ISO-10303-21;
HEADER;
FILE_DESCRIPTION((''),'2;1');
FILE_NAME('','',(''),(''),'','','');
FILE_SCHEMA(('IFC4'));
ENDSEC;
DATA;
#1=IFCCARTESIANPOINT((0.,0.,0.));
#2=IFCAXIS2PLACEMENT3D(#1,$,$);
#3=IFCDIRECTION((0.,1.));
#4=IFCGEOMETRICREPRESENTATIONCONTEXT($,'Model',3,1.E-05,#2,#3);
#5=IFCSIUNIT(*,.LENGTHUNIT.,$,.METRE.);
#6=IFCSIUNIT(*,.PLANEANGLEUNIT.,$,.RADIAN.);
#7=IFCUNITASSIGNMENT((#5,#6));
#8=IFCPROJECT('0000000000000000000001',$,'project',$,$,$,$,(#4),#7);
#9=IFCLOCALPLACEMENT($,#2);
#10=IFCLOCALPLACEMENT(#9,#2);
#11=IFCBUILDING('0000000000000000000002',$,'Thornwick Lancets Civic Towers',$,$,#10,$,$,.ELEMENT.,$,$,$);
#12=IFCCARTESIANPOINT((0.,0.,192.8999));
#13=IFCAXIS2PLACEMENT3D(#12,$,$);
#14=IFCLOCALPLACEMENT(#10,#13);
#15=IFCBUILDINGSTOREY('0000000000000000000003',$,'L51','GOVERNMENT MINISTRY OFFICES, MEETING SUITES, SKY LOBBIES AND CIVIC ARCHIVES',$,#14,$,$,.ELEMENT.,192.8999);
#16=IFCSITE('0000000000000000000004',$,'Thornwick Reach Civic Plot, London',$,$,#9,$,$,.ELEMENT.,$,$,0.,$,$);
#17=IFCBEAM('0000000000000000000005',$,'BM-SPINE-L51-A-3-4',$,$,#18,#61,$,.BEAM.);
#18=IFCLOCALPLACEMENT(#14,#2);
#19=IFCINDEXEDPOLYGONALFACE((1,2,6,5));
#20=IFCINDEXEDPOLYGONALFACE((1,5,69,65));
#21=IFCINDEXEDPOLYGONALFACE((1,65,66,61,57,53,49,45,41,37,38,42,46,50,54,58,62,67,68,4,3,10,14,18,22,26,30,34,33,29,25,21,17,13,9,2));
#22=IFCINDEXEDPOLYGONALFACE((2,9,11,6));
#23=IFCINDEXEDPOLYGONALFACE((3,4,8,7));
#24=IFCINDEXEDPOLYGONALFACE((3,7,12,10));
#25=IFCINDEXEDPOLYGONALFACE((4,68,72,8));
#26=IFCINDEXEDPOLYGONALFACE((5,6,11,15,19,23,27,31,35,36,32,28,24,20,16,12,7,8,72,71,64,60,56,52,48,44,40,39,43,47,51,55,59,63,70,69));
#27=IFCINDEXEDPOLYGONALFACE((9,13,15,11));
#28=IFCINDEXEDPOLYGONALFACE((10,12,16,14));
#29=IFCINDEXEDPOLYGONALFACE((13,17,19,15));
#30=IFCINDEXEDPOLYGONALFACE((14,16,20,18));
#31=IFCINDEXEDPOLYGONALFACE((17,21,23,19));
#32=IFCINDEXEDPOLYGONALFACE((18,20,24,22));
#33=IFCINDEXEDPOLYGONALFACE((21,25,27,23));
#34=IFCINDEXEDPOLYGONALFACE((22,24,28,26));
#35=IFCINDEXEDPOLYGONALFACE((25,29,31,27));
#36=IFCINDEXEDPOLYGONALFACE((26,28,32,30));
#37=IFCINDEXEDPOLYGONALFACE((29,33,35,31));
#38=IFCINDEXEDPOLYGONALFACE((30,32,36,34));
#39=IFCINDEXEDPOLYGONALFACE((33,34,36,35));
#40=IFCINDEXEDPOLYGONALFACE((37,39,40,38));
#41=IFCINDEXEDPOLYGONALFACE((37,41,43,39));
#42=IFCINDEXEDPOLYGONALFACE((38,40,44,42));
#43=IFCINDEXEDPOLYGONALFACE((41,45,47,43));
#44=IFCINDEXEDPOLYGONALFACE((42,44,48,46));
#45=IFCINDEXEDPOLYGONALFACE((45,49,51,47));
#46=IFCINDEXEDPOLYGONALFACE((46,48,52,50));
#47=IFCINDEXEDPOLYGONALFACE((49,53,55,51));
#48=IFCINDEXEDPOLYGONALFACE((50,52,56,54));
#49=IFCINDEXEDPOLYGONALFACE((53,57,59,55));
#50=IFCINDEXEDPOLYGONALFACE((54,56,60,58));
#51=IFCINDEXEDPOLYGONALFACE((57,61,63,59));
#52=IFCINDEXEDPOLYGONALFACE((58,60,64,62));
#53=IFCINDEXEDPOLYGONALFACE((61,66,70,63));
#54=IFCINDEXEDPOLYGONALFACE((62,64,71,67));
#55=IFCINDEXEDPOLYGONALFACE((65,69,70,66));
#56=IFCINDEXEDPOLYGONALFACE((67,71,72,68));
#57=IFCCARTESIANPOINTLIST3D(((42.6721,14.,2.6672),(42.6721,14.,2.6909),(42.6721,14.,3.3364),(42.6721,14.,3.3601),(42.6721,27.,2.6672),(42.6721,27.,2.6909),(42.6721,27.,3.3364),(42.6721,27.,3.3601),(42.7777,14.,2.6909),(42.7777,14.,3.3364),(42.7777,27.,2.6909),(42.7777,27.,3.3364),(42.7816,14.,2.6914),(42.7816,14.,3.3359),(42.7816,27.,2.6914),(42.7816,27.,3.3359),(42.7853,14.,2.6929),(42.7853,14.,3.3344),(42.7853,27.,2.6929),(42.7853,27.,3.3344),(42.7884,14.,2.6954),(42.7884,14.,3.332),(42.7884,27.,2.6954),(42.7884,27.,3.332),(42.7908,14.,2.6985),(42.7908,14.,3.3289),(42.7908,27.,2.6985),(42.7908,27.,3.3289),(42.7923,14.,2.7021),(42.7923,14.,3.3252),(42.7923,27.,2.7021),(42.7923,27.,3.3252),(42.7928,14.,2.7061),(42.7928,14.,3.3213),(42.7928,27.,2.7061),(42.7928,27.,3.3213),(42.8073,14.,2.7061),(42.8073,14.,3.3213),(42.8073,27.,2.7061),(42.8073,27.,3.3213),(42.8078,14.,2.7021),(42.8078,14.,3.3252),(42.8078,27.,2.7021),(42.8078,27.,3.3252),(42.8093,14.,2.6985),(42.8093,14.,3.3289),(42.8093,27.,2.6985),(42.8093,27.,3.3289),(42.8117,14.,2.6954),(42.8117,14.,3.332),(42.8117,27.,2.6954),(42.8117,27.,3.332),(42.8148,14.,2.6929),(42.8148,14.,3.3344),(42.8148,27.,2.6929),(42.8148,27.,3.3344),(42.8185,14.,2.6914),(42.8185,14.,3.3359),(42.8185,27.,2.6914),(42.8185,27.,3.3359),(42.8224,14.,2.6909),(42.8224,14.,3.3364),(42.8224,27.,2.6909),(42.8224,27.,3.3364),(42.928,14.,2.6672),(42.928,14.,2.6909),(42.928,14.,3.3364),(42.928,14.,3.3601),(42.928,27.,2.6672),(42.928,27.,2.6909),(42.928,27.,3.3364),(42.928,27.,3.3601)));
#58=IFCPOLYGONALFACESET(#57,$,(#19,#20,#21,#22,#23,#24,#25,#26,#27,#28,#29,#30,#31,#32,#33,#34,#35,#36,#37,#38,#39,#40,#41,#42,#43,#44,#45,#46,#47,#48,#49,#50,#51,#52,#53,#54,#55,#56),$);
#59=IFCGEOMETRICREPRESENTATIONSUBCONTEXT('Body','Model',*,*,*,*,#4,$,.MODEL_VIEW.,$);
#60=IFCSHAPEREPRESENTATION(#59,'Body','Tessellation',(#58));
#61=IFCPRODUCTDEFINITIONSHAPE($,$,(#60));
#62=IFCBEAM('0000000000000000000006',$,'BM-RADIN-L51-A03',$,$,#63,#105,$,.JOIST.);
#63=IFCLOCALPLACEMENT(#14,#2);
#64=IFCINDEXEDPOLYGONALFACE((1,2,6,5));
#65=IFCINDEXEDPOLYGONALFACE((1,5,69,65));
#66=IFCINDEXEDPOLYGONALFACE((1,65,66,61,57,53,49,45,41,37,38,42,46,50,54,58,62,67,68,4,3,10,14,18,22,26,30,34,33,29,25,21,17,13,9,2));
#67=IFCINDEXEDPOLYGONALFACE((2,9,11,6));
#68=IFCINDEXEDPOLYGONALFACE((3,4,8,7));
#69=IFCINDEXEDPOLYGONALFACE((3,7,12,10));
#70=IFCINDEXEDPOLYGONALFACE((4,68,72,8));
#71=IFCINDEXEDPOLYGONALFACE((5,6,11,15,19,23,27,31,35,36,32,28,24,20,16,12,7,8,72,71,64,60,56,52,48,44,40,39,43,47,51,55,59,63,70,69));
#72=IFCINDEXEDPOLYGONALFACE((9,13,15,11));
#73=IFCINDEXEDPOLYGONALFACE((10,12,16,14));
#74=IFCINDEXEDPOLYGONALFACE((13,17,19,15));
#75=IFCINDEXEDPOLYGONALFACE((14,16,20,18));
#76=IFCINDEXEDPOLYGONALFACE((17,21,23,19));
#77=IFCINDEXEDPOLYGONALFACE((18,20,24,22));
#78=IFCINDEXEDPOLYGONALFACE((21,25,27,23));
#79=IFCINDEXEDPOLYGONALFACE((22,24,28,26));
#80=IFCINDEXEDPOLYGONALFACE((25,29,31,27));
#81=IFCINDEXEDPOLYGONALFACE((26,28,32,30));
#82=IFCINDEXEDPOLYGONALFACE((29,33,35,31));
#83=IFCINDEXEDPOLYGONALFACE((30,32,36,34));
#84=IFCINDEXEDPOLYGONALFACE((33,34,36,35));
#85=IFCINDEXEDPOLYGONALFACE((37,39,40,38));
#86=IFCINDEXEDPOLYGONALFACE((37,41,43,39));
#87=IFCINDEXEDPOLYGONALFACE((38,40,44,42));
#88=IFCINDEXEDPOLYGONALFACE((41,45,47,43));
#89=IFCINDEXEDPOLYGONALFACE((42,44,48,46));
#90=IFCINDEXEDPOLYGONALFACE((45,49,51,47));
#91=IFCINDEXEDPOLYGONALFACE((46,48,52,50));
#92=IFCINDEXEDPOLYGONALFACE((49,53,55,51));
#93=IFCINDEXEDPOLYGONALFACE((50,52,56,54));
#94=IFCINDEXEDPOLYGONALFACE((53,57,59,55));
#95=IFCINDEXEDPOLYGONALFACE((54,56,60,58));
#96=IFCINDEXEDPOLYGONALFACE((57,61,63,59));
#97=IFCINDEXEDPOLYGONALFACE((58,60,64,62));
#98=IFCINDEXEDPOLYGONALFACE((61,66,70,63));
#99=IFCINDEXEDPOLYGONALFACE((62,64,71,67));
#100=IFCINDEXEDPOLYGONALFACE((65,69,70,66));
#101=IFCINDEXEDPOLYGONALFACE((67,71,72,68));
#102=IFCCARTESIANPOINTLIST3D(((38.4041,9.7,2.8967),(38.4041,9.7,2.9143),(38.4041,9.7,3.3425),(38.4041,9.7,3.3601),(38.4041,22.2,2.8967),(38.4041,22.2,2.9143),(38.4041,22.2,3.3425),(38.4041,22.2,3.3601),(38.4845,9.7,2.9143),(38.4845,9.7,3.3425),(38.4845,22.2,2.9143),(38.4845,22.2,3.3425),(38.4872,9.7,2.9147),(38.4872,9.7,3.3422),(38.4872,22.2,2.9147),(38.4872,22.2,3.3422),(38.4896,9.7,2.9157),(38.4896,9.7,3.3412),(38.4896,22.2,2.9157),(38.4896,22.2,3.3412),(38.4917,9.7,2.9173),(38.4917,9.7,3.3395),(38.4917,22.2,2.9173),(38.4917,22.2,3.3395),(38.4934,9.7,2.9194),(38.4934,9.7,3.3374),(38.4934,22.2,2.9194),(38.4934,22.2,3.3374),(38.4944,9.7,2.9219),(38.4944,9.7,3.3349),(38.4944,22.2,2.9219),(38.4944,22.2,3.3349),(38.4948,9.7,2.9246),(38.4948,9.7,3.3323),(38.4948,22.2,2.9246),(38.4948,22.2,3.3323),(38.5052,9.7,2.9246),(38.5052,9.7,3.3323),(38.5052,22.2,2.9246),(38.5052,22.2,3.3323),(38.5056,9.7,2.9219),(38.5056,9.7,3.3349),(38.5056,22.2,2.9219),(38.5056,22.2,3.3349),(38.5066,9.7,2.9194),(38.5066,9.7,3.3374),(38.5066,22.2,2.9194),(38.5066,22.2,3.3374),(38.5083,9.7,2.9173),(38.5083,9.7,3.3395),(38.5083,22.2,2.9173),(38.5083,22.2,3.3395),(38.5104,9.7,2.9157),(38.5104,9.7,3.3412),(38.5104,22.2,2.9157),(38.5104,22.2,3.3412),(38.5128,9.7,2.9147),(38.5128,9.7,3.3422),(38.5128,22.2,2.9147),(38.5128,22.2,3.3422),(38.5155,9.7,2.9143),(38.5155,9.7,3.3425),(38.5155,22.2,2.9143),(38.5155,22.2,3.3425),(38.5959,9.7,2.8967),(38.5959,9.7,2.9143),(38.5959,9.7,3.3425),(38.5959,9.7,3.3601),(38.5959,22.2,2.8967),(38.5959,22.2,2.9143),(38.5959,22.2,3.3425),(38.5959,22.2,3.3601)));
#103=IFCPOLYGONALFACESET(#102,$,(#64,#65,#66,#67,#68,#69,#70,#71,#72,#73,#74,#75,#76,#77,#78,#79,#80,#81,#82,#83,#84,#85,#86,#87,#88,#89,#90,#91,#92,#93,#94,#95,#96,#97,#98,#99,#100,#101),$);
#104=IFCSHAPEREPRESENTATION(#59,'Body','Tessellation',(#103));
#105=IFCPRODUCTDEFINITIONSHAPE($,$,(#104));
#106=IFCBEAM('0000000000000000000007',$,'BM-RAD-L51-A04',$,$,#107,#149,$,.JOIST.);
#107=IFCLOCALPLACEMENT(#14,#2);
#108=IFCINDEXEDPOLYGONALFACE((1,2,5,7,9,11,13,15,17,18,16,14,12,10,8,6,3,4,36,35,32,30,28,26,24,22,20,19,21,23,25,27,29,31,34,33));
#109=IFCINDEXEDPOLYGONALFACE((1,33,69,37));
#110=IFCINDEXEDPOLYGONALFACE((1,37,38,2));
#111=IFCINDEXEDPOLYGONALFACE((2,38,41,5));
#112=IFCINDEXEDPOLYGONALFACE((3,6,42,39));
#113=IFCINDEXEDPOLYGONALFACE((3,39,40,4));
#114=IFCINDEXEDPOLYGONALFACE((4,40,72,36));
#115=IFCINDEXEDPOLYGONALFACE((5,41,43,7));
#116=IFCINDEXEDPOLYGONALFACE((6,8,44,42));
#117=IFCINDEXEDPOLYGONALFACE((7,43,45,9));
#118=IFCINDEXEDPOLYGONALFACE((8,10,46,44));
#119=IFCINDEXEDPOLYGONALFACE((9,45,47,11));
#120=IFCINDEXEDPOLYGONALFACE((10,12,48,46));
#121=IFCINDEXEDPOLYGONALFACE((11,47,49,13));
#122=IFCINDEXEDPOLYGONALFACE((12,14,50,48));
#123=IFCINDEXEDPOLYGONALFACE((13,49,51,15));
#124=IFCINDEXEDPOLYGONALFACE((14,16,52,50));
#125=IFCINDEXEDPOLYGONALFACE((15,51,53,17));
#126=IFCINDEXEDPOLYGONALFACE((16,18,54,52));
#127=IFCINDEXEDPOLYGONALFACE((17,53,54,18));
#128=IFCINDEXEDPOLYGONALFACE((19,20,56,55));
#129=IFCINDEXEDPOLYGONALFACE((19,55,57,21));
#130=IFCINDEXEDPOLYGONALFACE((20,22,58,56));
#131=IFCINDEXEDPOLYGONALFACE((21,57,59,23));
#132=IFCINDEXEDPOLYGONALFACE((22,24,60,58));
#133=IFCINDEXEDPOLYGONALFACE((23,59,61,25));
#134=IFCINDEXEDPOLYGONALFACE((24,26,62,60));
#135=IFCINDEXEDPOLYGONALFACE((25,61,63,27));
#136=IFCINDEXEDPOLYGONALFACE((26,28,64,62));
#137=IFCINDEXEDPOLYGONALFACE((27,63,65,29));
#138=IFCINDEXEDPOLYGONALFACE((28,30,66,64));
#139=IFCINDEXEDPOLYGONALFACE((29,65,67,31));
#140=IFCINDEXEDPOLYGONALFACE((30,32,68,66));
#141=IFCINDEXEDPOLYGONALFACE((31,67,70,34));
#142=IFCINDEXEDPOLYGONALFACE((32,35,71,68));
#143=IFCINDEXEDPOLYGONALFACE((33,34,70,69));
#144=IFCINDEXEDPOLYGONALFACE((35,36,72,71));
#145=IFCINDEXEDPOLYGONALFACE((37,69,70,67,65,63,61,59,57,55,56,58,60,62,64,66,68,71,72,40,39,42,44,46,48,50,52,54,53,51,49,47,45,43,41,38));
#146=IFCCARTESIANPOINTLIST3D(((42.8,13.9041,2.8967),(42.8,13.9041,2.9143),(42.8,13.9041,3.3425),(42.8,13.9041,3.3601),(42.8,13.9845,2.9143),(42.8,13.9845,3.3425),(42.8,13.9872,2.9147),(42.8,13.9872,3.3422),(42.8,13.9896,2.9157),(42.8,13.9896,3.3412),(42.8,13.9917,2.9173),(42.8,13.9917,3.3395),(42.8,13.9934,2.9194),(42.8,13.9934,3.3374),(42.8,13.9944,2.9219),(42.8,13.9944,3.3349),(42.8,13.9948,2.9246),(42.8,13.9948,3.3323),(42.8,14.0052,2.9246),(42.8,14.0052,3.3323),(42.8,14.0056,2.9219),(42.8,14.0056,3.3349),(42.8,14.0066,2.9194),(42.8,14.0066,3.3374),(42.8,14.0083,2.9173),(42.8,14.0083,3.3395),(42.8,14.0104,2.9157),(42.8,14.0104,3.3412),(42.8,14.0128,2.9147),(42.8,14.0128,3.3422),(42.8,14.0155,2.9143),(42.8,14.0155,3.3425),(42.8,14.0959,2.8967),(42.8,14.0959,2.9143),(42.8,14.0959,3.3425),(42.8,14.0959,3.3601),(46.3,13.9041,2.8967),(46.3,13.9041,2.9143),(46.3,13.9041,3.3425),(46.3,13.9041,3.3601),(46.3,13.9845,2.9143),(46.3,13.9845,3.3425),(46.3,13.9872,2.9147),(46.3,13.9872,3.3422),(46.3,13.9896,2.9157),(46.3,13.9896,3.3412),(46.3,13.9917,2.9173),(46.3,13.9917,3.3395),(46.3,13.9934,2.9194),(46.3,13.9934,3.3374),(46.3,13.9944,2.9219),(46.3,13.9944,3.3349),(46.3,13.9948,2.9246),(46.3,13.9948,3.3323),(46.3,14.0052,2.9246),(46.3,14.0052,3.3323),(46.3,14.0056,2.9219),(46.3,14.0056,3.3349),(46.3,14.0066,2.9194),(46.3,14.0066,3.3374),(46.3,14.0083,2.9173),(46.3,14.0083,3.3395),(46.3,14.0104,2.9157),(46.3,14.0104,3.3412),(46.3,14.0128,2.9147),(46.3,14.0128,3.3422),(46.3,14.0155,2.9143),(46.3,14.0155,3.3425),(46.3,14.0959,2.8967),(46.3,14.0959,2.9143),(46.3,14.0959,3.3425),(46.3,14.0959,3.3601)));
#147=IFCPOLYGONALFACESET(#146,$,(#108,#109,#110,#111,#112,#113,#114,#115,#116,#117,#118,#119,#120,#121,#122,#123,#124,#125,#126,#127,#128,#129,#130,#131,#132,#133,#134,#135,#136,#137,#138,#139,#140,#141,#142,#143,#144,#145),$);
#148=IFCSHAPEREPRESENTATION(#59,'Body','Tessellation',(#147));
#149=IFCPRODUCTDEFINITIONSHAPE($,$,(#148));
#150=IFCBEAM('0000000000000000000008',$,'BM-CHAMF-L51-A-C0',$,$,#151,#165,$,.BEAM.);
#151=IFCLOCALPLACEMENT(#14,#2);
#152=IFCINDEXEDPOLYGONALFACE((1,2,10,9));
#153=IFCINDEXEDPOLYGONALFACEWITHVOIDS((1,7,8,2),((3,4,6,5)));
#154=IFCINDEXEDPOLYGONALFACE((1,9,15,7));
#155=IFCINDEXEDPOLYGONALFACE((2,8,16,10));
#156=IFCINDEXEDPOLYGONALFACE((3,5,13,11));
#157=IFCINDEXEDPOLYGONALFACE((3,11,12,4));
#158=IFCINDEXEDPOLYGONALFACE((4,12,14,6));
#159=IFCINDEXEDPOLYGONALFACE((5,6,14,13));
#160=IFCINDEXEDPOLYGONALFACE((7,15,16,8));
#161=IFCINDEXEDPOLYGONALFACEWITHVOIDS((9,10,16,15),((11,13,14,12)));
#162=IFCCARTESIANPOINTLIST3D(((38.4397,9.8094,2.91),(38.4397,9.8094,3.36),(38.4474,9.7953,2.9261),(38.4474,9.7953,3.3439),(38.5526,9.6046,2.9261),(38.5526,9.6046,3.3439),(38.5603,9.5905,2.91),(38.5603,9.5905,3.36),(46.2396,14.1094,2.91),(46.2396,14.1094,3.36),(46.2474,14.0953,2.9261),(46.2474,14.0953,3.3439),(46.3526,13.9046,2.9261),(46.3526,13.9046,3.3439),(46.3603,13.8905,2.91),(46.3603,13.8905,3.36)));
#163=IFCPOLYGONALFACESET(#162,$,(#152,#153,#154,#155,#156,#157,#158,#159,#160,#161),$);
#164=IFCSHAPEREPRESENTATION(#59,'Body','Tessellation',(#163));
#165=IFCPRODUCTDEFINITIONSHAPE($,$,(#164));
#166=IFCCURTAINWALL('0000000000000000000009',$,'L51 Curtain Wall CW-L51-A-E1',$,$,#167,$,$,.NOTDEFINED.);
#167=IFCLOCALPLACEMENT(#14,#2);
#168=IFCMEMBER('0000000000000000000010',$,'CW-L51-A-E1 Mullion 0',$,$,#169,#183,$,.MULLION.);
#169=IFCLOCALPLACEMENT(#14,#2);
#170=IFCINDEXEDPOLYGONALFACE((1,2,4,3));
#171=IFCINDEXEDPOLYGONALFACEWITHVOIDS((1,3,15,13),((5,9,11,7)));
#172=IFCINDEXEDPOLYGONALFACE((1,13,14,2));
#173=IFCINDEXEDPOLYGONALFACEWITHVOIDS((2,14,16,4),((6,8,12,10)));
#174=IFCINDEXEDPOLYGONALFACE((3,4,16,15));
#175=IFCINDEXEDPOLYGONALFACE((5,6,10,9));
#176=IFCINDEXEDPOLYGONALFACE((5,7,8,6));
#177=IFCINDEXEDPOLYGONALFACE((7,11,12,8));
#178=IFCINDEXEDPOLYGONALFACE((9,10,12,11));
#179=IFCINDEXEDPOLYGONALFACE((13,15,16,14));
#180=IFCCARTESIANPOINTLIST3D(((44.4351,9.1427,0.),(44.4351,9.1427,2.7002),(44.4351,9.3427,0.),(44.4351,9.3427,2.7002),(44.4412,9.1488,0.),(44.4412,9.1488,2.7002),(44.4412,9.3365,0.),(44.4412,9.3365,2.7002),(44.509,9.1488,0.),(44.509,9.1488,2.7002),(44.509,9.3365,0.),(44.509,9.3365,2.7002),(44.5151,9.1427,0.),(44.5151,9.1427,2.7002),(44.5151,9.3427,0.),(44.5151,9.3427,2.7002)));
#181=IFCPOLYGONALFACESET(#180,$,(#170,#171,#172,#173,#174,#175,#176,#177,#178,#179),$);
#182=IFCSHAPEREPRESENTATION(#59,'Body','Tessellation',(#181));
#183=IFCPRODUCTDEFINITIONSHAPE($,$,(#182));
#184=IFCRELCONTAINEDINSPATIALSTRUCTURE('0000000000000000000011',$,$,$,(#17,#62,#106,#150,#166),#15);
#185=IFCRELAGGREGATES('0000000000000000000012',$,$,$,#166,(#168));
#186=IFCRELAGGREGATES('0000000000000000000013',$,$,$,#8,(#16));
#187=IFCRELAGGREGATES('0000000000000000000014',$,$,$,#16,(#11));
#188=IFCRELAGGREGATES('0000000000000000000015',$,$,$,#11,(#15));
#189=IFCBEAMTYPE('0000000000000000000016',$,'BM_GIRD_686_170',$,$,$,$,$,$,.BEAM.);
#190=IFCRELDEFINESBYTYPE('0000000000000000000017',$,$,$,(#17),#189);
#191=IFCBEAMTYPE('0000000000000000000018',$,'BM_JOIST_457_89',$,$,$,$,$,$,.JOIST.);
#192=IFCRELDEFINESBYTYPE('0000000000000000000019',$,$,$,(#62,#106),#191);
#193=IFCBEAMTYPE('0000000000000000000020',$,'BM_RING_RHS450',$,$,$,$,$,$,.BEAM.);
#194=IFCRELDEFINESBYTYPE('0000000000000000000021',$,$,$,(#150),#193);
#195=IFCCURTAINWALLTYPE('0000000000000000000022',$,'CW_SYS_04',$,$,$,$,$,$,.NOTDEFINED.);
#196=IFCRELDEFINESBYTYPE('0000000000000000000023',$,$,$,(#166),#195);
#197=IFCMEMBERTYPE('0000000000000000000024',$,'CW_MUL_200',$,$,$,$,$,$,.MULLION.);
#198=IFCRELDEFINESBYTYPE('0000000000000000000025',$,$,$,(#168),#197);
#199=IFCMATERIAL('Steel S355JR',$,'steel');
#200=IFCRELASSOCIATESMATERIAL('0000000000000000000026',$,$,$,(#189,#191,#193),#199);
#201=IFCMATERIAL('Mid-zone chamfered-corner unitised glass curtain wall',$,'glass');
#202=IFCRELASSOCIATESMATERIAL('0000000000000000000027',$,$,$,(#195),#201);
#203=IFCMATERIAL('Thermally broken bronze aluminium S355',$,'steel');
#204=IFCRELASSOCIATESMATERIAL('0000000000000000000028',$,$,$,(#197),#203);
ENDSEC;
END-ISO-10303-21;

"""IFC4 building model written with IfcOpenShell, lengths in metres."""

from ifc_helpers import new_model, si_unit, direction, frame, origin, origin_2d, place, context, subcontext, project, spatial, hollow_rectangle, i_section, extrude, material, material_profile, profile_set, type_object, element, aggregate, save


model = new_model("IFC4")

# Units and contexts
model_context = context("Model", 3, precision=1e-05, world=origin(), true_north=direction((0.0, 1.0)))
body_context = subcontext(model_context, "Body", "Model", "MODEL_VIEW")
ifc_project = project(units=[si_unit("LENGTHUNIT", "METRE"), si_unit("PLANEANGLEUNIT", "RADIAN")], contexts=[model_context])

# Site, building, storey
site_placement = place(None, origin())
site = spatial("IfcSite", under=ifc_project, at=site_placement, Name="Thornwick Reach Civic Plot, London", CompositionType="ELEMENT", RefElevation=0.0)
building_placement = place(site_placement, origin())
building = spatial("IfcBuilding", under=site, at=building_placement, Name="Thornwick Lancets Civic Towers", CompositionType="ELEMENT")
storey_placement = place(building_placement, frame((0.0, 0.0, 192.8999)))
storey = spatial("IfcBuildingStorey", under=building, at=storey_placement, Name="L51", Description="GOVERNMENT MINISTRY OFFICES, MEETING SUITES, SKY LOBBIES AND CIVIC ARCHIVES", CompositionType="ELEMENT", Elevation=192.8999)

# Beams
ifc_material_1 = material(Name="Steel S355JR", Category="steel")
ifc_material_profile_1 = material_profile(ifc_material_1, i_section(OverallWidth=0.2559, OverallDepth=0.6929, WebThickness=0.0144, FlangeThickness=0.0237, FilletRadius=0.0151, at=origin_2d()), Name="UKB 686x254x170")
ifc_profile_set_1 = profile_set([ifc_material_profile_1], Name="Steel S355JR")
beam_type_1 = type_object("IfcBeamType", Name="BM_GIRD_686_170", PredefinedType="BEAM", material=ifc_profile_set_1)
beam_1_placement = place(storey_placement, frame((42.8, 14.0, 3.0137), z_axis=(0.0, 1.0, 0.0), x_axis=(-1.0, 0.0, 0.0)))
element("IfcBeam", 1, at=beam_1_placement, inside=storey, type_object=beam_type_1, Name="BM-SPINE-L51-A-3-4", PredefinedType="BEAM", context=body_context, shape_type="SweptSolid", body=[
    extrude(i_section(OverallWidth=0.2559, OverallDepth=0.6929, WebThickness=0.0144, FlangeThickness=0.0237, FilletRadius=0.0151, at=origin_2d()), origin(), (0.0, 0.0, 1.0), 13.0),
])
ifc_material_profile_2 = material_profile(ifc_material_1, i_section(OverallWidth=0.1919, OverallDepth=0.4634, WebThickness=0.0105, FlangeThickness=0.0176, FilletRadius=0.0103, at=origin_2d()), Name="UKB 457x191x89")
ifc_profile_set_2 = profile_set([ifc_material_profile_2], Name="Steel S355JR")
beam_type_2 = type_object("IfcBeamType", Name="BM_JOIST_457_89", PredefinedType="JOIST", material=ifc_profile_set_2)
beam_2_placement = place(storey_placement, frame((38.5, 22.2, 3.1284), z_axis=(0.0, -1.0, 0.0), x_axis=(1.0, 0.0, 0.0)))
element("IfcBeam", 2, at=beam_2_placement, inside=storey, type_object=beam_type_2, Name="BM-RADIN-L51-A03", PredefinedType="JOIST", context=body_context, shape_type="SweptSolid", body=[
    extrude(i_section(OverallWidth=0.1919, OverallDepth=0.4634, WebThickness=0.0105, FlangeThickness=0.0176, FilletRadius=0.0103, at=origin_2d()), origin(), (0.0, 0.0, 1.0), 12.5),
])
beam_3_placement = place(storey_placement, frame((42.8, 14.0, 3.1284), z_axis=(1.0, 0.0, 0.0), x_axis=(0.0, 1.0, 0.0)))
element("IfcBeam", 3, at=beam_3_placement, inside=storey, type_object=beam_type_2, Name="BM-RAD-L51-A04", PredefinedType="JOIST", context=body_context, shape_type="SweptSolid", body=[
    extrude(i_section(OverallWidth=0.1919, OverallDepth=0.4634, WebThickness=0.0105, FlangeThickness=0.0176, FilletRadius=0.0103, at=origin_2d()), origin(), (0.0, 0.0, 1.0), 3.5),
])
ifc_material_profile_3 = material_profile(ifc_material_1, hollow_rectangle(XDim=0.25, YDim=0.45, WallThickness=0.0161, at=origin_2d()), Name="RHS 450x250x16")
ifc_profile_set_3 = profile_set([ifc_material_profile_3], Name="Steel S355JR")
beam_type_3 = type_object("IfcBeamType", Name="BM_RING_RHS450", PredefinedType="BEAM", material=ifc_profile_set_3)
beam_4_placement = place(storey_placement, frame((38.5, 9.7, 3.135), z_axis=(0.87574, 0.482782, 0.0), x_axis=(-0.482782, 0.87574, 0.0)))
element("IfcBeam", 4, at=beam_4_placement, inside=storey, type_object=beam_type_3, Name="BM-CHAMF-L51-A-C0", PredefinedType="BEAM", context=body_context, shape_type="SweptSolid", body=[
    extrude(hollow_rectangle(XDim=0.25, YDim=0.45, WallThickness=0.0161, at=origin_2d()), origin(), (0.0, 0.0, 1.0), 8.9067),
])

# Curtain wall, member
ifc_material_2 = material(Name="Mid-zone chamfered-corner unitised glass curtain wall", Category="glass")
curtain_wall_type = type_object("IfcCurtainWallType", Name="CW_SYS_04", PredefinedType="NOTDEFINED", material=ifc_material_2)
curtain_wall_placement = place(storey_placement, origin())
curtain_wall = element("IfcCurtainWall", 5, at=curtain_wall_placement, inside=storey, type_object=curtain_wall_type, Name="L51 Curtain Wall CW-L51-A-E1", PredefinedType="NOTDEFINED")
ifc_material_3 = material(Name="Thermally broken bronze aluminium S355", Category="steel")
ifc_material_profile_4 = material_profile(ifc_material_3, hollow_rectangle(XDim=0.0801, YDim=0.2, WallThickness=0.0061, at=origin_2d()), Name="RHS 200x80x6")
ifc_profile_set_4 = profile_set([ifc_material_profile_4], Name="Thermally broken bronze aluminium S355")
member_type_1 = type_object("IfcMemberType", Name="CW_MUL_200", PredefinedType="MULLION", material=ifc_profile_set_4)
member_1_placement = place(storey_placement, frame((44.4751, 9.2427, 0.0), z_axis=(0.0, 0.0, 1.0), x_axis=(1.0, 0.0, 0.0)))
member_1 = element("IfcMember", 6, at=member_1_placement, type_object=member_type_1, Name="CW-L51-A-E1 Mullion 0", PredefinedType="MULLION", context=body_context, shape_type="SweptSolid", body=[
    extrude(hollow_rectangle(XDim=0.0801, YDim=0.2, WallThickness=0.0061, at=origin_2d()), origin(), (0.0, 0.0, 1.0), 2.7002),
])
aggregate(curtain_wall, [member_1])

save(model, "model.ifc")
